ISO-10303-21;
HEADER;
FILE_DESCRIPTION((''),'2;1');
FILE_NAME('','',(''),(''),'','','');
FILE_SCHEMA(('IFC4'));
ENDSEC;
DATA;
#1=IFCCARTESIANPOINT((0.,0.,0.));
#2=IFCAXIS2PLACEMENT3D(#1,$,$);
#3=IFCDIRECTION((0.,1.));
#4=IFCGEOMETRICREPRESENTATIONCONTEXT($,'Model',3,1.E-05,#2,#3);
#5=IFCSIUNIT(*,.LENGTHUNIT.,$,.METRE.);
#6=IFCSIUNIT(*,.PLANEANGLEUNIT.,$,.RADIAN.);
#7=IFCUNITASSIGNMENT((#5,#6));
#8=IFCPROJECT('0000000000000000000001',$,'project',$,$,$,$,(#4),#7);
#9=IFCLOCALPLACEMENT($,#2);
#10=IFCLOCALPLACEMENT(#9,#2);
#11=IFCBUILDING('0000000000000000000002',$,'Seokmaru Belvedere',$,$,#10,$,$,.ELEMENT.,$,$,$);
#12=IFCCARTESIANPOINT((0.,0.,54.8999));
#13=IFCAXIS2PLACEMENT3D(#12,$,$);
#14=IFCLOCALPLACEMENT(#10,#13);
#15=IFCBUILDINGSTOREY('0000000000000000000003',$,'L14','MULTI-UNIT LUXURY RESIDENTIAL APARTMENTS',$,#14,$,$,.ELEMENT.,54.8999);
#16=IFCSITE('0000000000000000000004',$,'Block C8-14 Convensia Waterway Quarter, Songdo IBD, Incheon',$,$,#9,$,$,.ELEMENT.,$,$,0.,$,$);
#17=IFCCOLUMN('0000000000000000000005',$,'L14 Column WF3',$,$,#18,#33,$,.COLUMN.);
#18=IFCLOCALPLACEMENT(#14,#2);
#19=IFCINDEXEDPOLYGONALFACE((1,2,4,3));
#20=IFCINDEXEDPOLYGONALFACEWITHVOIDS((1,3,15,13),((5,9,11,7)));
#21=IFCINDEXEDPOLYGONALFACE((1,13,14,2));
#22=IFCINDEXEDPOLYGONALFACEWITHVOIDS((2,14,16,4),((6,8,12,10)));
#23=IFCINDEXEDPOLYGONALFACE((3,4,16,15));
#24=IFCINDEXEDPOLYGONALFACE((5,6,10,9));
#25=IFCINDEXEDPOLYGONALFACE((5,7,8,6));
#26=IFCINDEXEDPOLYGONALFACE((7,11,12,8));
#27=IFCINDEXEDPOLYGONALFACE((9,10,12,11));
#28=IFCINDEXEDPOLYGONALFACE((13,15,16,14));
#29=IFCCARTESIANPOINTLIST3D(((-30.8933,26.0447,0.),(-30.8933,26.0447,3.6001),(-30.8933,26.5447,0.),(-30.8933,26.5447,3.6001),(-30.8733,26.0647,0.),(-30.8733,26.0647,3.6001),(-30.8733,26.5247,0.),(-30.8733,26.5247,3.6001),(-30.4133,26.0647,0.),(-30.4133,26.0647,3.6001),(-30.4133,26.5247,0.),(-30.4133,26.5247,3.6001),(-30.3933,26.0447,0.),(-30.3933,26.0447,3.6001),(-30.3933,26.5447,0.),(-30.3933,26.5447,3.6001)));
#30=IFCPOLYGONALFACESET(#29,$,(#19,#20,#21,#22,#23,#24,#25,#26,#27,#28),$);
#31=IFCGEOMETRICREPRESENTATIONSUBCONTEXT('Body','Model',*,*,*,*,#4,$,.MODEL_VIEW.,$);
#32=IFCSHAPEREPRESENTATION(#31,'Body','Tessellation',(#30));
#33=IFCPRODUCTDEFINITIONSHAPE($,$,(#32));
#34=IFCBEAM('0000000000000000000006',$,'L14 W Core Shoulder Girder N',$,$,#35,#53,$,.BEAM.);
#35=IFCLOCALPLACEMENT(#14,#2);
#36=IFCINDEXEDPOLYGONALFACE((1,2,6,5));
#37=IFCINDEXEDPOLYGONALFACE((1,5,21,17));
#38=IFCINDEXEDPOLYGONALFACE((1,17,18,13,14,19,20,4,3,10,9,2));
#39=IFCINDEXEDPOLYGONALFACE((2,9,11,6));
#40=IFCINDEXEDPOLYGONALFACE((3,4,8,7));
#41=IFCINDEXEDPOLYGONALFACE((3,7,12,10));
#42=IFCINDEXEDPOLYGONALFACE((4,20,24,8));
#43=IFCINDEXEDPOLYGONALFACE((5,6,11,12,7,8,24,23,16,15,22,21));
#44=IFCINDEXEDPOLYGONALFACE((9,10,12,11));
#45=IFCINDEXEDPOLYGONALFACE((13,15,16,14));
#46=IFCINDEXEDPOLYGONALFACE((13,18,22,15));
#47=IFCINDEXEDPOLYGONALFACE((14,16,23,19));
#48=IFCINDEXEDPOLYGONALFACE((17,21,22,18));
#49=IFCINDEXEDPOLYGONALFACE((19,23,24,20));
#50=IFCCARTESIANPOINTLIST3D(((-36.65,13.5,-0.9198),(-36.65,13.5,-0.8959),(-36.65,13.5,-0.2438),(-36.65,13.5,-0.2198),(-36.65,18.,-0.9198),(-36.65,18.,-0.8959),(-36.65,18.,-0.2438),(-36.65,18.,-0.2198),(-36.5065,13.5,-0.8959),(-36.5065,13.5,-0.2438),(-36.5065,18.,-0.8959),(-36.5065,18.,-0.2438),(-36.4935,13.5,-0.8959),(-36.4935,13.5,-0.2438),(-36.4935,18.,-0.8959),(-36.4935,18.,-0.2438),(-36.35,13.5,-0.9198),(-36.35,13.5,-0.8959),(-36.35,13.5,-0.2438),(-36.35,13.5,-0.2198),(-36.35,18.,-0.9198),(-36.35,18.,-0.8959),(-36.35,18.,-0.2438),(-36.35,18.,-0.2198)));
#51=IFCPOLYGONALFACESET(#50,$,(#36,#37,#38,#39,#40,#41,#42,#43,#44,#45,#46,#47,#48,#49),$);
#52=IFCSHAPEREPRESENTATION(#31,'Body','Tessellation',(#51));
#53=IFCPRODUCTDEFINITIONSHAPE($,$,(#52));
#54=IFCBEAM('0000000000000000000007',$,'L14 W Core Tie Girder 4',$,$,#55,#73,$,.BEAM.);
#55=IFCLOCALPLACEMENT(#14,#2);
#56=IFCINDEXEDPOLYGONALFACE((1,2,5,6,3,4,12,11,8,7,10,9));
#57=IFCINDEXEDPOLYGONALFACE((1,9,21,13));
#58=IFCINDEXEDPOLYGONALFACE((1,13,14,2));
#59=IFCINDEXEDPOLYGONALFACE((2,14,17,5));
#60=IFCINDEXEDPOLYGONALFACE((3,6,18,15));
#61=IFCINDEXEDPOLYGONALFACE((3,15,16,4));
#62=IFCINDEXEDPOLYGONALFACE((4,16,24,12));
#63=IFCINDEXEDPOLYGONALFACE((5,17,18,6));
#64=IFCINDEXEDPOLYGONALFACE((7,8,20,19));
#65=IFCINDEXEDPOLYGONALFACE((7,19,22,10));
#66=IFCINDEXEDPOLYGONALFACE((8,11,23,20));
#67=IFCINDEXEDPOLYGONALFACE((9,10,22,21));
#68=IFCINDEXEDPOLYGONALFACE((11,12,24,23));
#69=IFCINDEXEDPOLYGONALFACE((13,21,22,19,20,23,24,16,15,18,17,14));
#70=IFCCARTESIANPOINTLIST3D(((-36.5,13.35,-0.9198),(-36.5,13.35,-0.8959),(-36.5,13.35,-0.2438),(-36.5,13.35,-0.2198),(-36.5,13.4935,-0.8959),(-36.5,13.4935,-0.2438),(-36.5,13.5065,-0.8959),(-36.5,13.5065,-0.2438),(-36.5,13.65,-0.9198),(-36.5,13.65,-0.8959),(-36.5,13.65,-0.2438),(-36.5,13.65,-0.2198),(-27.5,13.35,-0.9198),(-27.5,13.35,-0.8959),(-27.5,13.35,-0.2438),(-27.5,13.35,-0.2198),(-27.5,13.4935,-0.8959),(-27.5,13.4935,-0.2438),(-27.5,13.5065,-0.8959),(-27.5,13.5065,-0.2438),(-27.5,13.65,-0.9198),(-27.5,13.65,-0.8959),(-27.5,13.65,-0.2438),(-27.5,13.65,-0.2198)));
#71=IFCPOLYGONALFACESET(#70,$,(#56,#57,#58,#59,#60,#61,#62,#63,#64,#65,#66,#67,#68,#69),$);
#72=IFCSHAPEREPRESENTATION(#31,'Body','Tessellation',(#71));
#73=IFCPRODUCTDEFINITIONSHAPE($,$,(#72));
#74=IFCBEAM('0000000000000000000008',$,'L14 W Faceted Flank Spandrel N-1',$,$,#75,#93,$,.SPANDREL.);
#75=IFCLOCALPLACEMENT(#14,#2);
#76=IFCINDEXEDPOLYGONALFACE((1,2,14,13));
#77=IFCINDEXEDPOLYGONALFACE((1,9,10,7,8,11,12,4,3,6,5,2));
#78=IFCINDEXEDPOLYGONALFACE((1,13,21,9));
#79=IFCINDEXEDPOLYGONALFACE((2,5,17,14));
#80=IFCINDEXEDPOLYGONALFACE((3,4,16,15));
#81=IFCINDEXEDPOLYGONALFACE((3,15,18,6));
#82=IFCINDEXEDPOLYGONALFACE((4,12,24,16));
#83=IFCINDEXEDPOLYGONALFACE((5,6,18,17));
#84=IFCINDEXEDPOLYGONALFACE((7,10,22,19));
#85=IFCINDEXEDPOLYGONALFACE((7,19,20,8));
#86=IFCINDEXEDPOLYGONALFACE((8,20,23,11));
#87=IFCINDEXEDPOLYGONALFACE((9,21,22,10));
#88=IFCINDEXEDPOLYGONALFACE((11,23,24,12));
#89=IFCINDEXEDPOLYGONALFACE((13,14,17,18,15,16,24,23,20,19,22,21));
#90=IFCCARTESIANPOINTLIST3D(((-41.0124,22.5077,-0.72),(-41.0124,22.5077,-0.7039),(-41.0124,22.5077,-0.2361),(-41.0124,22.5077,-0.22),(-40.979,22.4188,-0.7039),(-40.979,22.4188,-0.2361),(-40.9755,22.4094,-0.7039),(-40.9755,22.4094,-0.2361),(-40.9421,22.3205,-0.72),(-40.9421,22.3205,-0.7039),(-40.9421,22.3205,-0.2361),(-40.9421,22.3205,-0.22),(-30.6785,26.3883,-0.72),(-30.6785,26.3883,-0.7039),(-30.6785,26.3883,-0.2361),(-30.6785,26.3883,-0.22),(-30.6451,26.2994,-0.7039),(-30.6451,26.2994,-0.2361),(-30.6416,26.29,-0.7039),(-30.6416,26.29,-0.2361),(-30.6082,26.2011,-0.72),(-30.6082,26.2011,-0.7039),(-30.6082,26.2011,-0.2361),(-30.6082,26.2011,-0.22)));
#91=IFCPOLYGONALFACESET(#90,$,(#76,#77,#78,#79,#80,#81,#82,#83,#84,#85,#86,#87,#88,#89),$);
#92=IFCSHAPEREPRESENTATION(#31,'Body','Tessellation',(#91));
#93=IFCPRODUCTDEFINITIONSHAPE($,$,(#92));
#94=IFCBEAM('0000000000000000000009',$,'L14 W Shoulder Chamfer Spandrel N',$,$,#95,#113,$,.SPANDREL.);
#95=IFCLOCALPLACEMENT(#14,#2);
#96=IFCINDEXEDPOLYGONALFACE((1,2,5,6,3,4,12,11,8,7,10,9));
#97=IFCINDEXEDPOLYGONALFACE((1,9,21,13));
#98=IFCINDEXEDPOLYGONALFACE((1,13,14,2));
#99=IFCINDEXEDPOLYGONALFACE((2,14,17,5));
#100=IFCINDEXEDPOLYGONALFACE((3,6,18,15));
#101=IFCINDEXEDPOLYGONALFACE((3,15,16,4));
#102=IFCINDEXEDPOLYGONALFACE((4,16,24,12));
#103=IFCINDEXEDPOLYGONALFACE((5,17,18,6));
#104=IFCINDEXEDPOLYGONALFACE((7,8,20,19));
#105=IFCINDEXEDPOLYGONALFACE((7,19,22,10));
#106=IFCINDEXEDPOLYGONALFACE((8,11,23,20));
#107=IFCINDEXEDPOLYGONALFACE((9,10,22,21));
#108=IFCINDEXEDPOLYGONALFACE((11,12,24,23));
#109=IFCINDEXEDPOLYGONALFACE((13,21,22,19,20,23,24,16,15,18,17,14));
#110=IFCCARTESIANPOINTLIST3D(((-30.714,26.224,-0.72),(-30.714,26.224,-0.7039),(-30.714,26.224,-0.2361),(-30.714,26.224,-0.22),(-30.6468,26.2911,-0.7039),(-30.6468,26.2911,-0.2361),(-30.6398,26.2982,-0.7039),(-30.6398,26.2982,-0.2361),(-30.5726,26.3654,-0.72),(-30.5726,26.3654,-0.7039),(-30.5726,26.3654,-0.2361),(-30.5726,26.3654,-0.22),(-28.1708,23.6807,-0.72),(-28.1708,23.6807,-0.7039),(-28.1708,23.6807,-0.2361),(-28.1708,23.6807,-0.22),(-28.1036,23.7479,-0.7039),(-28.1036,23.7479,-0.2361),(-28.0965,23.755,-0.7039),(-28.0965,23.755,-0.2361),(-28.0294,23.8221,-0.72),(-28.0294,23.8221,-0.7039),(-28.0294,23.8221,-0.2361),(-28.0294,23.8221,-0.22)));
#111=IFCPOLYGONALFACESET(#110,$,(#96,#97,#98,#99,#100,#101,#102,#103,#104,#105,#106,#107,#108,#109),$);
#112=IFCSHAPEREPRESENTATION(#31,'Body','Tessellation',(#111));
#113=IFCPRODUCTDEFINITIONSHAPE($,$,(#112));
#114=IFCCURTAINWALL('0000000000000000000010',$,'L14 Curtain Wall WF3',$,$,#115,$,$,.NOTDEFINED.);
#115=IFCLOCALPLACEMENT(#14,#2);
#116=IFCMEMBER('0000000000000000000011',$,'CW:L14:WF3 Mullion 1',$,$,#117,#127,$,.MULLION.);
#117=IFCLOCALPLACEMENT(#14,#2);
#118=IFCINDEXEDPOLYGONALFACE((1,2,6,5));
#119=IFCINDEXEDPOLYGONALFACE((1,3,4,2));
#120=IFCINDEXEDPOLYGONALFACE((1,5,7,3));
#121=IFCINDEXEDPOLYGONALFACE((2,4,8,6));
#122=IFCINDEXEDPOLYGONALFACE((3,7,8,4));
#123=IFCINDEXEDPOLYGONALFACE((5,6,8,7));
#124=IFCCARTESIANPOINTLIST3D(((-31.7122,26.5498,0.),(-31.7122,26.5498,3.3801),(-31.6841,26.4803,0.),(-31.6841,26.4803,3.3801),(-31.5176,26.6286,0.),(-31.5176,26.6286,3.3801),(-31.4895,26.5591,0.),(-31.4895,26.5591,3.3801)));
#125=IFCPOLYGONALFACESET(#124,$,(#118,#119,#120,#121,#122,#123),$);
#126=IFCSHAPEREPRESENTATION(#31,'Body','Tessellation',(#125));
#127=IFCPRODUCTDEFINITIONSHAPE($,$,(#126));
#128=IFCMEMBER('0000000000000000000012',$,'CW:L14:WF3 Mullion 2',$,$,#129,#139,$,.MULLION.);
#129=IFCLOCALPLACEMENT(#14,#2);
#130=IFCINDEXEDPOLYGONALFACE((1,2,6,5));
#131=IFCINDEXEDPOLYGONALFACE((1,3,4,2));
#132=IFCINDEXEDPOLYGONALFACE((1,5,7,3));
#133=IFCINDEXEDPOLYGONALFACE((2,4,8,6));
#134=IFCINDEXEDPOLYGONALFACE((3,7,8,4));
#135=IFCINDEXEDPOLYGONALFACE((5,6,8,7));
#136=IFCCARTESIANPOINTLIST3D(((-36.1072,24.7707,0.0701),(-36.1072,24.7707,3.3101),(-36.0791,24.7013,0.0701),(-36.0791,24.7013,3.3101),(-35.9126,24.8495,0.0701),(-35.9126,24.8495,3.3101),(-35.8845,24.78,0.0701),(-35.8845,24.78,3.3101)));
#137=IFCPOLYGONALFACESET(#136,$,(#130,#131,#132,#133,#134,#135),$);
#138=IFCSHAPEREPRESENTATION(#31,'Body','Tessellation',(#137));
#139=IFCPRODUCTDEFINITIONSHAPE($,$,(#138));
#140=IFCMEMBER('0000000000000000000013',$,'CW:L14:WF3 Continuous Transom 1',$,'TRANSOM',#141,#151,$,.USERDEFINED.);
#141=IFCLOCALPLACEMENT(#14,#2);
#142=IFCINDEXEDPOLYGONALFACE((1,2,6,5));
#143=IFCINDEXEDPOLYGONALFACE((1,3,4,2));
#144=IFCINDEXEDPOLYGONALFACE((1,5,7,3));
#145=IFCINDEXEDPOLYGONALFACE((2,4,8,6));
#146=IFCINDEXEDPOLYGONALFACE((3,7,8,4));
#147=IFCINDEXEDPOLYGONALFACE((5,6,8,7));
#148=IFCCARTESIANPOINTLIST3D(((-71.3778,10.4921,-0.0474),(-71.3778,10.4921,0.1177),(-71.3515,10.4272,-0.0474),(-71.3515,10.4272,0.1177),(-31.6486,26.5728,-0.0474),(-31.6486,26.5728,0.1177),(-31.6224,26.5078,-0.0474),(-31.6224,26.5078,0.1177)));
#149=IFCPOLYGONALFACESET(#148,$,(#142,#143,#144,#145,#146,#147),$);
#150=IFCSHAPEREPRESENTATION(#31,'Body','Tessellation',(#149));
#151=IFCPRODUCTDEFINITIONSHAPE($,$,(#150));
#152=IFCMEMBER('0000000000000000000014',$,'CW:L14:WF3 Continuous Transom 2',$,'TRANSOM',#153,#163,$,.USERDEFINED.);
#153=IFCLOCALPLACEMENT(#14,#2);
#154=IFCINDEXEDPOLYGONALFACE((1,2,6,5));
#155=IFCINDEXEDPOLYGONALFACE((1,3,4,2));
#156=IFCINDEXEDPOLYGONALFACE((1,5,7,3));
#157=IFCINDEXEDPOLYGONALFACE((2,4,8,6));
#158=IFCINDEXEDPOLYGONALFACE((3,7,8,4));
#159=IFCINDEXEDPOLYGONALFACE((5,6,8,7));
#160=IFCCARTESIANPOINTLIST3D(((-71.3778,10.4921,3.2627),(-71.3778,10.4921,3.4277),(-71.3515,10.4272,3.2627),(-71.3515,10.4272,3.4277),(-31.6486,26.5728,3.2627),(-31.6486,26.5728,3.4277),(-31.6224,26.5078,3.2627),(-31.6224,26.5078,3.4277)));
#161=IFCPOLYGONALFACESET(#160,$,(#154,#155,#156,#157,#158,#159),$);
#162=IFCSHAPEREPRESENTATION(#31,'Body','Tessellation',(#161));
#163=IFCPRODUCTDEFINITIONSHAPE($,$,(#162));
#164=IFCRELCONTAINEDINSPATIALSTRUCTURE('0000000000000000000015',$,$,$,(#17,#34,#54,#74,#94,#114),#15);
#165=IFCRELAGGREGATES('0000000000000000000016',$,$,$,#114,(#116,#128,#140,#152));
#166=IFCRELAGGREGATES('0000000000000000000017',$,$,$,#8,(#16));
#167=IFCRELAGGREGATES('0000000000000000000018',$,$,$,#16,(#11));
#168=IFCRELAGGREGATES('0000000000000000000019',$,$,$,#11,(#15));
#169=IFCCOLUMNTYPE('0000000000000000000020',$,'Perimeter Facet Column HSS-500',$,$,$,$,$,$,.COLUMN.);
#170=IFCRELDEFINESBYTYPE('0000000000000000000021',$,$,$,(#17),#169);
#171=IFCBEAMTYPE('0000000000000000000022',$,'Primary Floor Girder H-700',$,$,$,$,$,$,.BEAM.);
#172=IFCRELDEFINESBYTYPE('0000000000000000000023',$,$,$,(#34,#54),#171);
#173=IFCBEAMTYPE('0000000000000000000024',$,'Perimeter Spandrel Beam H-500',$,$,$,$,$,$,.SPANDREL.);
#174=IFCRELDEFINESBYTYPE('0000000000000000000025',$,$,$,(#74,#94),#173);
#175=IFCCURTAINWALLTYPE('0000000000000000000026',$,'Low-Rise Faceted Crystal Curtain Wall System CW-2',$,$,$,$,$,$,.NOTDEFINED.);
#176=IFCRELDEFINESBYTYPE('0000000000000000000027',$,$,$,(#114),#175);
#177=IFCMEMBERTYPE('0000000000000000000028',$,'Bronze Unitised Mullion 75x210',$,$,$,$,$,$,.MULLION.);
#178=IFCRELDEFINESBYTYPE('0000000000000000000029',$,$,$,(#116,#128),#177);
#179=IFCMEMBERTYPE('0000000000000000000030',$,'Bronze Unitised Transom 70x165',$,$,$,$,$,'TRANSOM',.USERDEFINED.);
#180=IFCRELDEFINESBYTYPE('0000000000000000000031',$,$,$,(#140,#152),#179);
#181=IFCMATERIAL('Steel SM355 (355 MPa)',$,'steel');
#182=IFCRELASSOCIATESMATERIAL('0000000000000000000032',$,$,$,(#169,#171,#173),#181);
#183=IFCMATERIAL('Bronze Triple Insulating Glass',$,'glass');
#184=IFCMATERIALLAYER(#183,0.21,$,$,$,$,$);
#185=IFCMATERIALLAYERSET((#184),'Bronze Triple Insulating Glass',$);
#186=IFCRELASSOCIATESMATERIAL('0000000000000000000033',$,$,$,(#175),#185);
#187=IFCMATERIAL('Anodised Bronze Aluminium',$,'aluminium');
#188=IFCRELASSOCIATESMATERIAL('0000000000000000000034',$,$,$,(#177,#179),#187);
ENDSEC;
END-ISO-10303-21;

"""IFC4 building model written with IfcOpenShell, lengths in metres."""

from ifc_helpers import new_model, si_unit, direction, frame, origin, origin_2d, place, context, subcontext, project, spatial, rectangle, hollow_rectangle, i_section, extrude, source, transform, mapped, material, layer, layer_set, material_profile, profile_set, type_object, type_shapes, element, aggregate, save


model = new_model("IFC4")

# Units and contexts
model_context = context("Model", 3, precision=1e-05, world=origin(), true_north=direction((0.0, 1.0)))
body_context = subcontext(model_context, "Body", "Model", "MODEL_VIEW")
ifc_project = project(units=[si_unit("LENGTHUNIT", "METRE"), si_unit("PLANEANGLEUNIT", "RADIAN")], contexts=[model_context])

# Site, building, storey
site_placement = place(None, origin())
site = spatial("IfcSite", under=ifc_project, at=site_placement, Name="Block C8-14 Convensia Waterway Quarter, Songdo IBD, Incheon", CompositionType="ELEMENT", RefElevation=0.0)
building_placement = place(site_placement, origin())
building = spatial("IfcBuilding", under=site, at=building_placement, Name="Seokmaru Belvedere", CompositionType="ELEMENT")
storey_placement = place(building_placement, frame((0.0, 0.0, 54.8999)))
storey = spatial("IfcBuildingStorey", under=building, at=storey_placement, Name="L14", Description="MULTI-UNIT LUXURY RESIDENTIAL APARTMENTS", CompositionType="ELEMENT", Elevation=54.8999)

# Column
ifc_material_1 = material(Name="Steel SM355 (355 MPa)", Category="steel")
ifc_material_profile_1 = material_profile(ifc_material_1, hollow_rectangle(XDim=0.5, YDim=0.5, WallThickness=0.02, at=origin_2d()), Name="HSS-500x500x20")
ifc_profile_set_1 = profile_set([ifc_material_profile_1], Name="Steel SM355 (355 MPa)")
column_type = type_object("IfcColumnType", Name="Perimeter Facet Column HSS-500", PredefinedType="COLUMN", material=ifc_profile_set_1)
shared_shape_1 = source(origin(), body_context, "Body", "SweptSolid", [
    extrude(hollow_rectangle(XDim=0.5, YDim=0.5, WallThickness=0.02, at=origin_2d()), origin(), (0.0, 0.0, 1.0), 3.6001),
])
type_shapes(column_type, [shared_shape_1])
column_placement = place(storey_placement, frame((-30.6433, 26.2947, 0.0), z_axis=(0.0, 0.0, 1.0), x_axis=(1.0, 0.0, 0.0)))
element("IfcColumn", 1, at=column_placement, inside=storey, type_object=column_type, Name="L14 Column WF3", PredefinedType="COLUMN", context=body_context, shape_type="MappedRepresentation", body=[
    mapped(shared_shape_1, transform((0.0, 0.0, 0.0), scale=1.0)),
])

# Beams
ifc_material_profile_2 = material_profile(ifc_material_1, i_section(OverallWidth=0.3, OverallDepth=0.7, WebThickness=0.0129, FlangeThickness=0.0239, at=origin_2d()), Name="H-700x300x13x24")
ifc_profile_set_2 = profile_set([ifc_material_profile_2], Name="Steel SM355 (355 MPa)")
beam_type_1 = type_object("IfcBeamType", Name="Primary Floor Girder H-700", PredefinedType="BEAM", material=ifc_profile_set_2)
shared_shape_2 = source(origin(), body_context, "Body", "SweptSolid", [
    extrude(i_section(OverallWidth=0.3, OverallDepth=0.7, WebThickness=0.0129, FlangeThickness=0.0239, at=origin_2d()), origin(), (0.0, 0.0, 1.0), 4.5),
])
beam_1_placement = place(storey_placement, frame((-36.5, 13.5, -0.5698), z_axis=(0.0, 1.0, 0.0), x_axis=(-1.0, 0.0, 0.0)))
element("IfcBeam", 2, at=beam_1_placement, inside=storey, type_object=beam_type_1, Name="L14 W Core Shoulder Girder N", PredefinedType="BEAM", context=body_context, shape_type="MappedRepresentation", body=[
    mapped(shared_shape_2, transform((0.0, 0.0, 0.0), scale=1.0)),
])
shared_shape_3 = source(origin(), body_context, "Body", "SweptSolid", [
    extrude(i_section(OverallWidth=0.3, OverallDepth=0.7, WebThickness=0.0129, FlangeThickness=0.0239, at=origin_2d()), origin(), (0.0, 0.0, 1.0), 9.0),
])
type_shapes(beam_type_1, [shared_shape_2, shared_shape_3])
beam_2_placement = place(storey_placement, frame((-36.5, 13.5, -0.5698), z_axis=(1.0, 0.0, 0.0), x_axis=(0.0, 1.0, 0.0)))
element("IfcBeam", 3, at=beam_2_placement, inside=storey, type_object=beam_type_1, Name="L14 W Core Tie Girder 4", PredefinedType="BEAM", context=body_context, shape_type="MappedRepresentation", body=[
    mapped(shared_shape_3, transform((0.0, 0.0, 0.0), scale=1.0)),
])
ifc_material_profile_3 = material_profile(ifc_material_1, i_section(OverallWidth=0.2, OverallDepth=0.5, WebThickness=0.01, FlangeThickness=0.0161, at=origin_2d()), Name="H-500x200x10x16")
ifc_profile_set_3 = profile_set([ifc_material_profile_3], Name="Steel SM355 (355 MPa)")
beam_type_2 = type_object("IfcBeamType", Name="Perimeter Spandrel Beam H-500", PredefinedType="SPANDREL", material=ifc_profile_set_3)
shared_shape_4 = source(origin(), body_context, "Body", "SweptSolid", [
    extrude(i_section(OverallWidth=0.2, OverallDepth=0.5, WebThickness=0.01, FlangeThickness=0.0161, at=origin_2d()), origin(), (0.0, 0.0, 1.0), 11.0386),
])
beam_3_placement = place(storey_placement, frame((-30.6433, 26.2947, -0.47), z_axis=(-0.936169, -0.35155, 0.0), x_axis=(0.35155, -0.936169, 0.0)))
element("IfcBeam", 4, at=beam_3_placement, inside=storey, type_object=beam_type_2, Name="L14 W Faceted Flank Spandrel N-1", PredefinedType="SPANDREL", context=body_context, shape_type="MappedRepresentation", body=[
    mapped(shared_shape_4, transform((0.0, 0.0, 0.0), scale=1.0)),
])
shared_shape_5 = source(origin(), body_context, "Body", "SweptSolid", [
    extrude(i_section(OverallWidth=0.2, OverallDepth=0.5, WebThickness=0.01, FlangeThickness=0.0161, at=origin_2d()), origin(), (0.0, 0.0, 1.0), 3.5967),
])
type_shapes(beam_type_2, [shared_shape_4, shared_shape_5])
beam_4_placement = place(storey_placement, frame((-30.6433, 26.2947, -0.47), z_axis=(0.707107, -0.707107, 0.0), x_axis=(0.707107, 0.707107, 0.0)))
element("IfcBeam", 5, at=beam_4_placement, inside=storey, type_object=beam_type_2, Name="L14 W Shoulder Chamfer Spandrel N", PredefinedType="SPANDREL", context=body_context, shape_type="MappedRepresentation", body=[
    mapped(shared_shape_5, transform((0.0, 0.0, 0.0), scale=1.0)),
])

# Curtain wall, members
ifc_material_2 = material(Name="Bronze Triple Insulating Glass", Category="glass")
ifc_layer_1 = layer(ifc_material_2, 0.21)
ifc_layer_set_1 = layer_set([ifc_layer_1], Name="Bronze Triple Insulating Glass")
curtain_wall_type = type_object("IfcCurtainWallType", Name="Low-Rise Faceted Crystal Curtain Wall System CW-2", PredefinedType="NOTDEFINED", material=ifc_layer_set_1)
curtain_wall_placement = place(storey_placement, origin())
curtain_wall = element("IfcCurtainWall", 6, at=curtain_wall_placement, inside=storey, type_object=curtain_wall_type, Name="L14 Curtain Wall WF3", PredefinedType="NOTDEFINED")
ifc_material_3 = material(Name="Anodised Bronze Aluminium", Category="aluminium")
ifc_material_profile_4 = material_profile(ifc_material_3, rectangle(XDim=0.075, YDim=0.21, at=origin_2d()), Name="CW-M-75x210")
ifc_profile_set_4 = profile_set([ifc_material_profile_4], Name="Anodised Bronze Aluminium")
member_type_1 = type_object("IfcMemberType", Name="Bronze Unitised Mullion 75x210", PredefinedType="MULLION", material=ifc_profile_set_4)
shared_shape_6 = source(origin(), body_context, "Body", "SweptSolid", [
    extrude(rectangle(XDim=0.075, YDim=0.21, at=origin_2d()), origin(), (0.0, 0.0, 1.0), 3.3801),
])
member_1_placement = place(storey_placement, frame((-31.6008, 26.5544, 0.0), z_axis=(0.0, 0.0, 1.0), x_axis=(0.375192, -0.926947, 0.0)))
member_1 = element("IfcMember", 7, at=member_1_placement, type_object=member_type_1, Name="CW:L14:WF3 Mullion 1", PredefinedType="MULLION", context=body_context, shape_type="MappedRepresentation", body=[
    mapped(shared_shape_6, transform((0.0, 0.0, 0.0), scale=1.0)),
])
shared_shape_7 = source(origin(), body_context, "Body", "SweptSolid", [
    extrude(rectangle(XDim=0.075, YDim=0.21, at=origin_2d()), origin(), (0.0, 0.0, 1.0), 3.24),
])
type_shapes(member_type_1, [shared_shape_6, shared_shape_7])
member_2_placement = place(storey_placement, frame((-35.9958, 24.7754, 0.0701), z_axis=(0.0, 0.0, 1.0), x_axis=(0.375192, -0.926947, 0.0)))
member_2 = element("IfcMember", 8, at=member_2_placement, type_object=member_type_1, Name="CW:L14:WF3 Mullion 2", PredefinedType="MULLION", context=body_context, shape_type="MappedRepresentation", body=[
    mapped(shared_shape_7, transform((0.0, 0.0, 0.0), scale=1.0)),
])
ifc_material_profile_5 = material_profile(ifc_material_3, rectangle(XDim=0.0701, YDim=0.165, at=origin_2d()), Name="CW-T-70x165")
ifc_profile_set_5 = profile_set([ifc_material_profile_5], Name="Anodised Bronze Aluminium")
member_type_2 = type_object("IfcMemberType", Name="Bronze Unitised Transom 70x165", ElementType="TRANSOM", PredefinedType="USERDEFINED", material=ifc_profile_set_5)
shared_shape_8 = source(origin(), body_context, "Body", "SweptSolid", [
    extrude(rectangle(XDim=0.0701, YDim=0.165, at=origin_2d()), origin(), (0.0, 0.0, 1.0), 42.8601),
])
type_shapes(member_type_2, [shared_shape_8])
member_3_placement = place(storey_placement, frame((-31.6355, 26.5403, 0.0352), z_axis=(-0.926949, -0.375188, 0.0), x_axis=(0.375188, -0.926949, 0.0)))
member_3 = element("IfcMember", 9, at=member_3_placement, type_object=member_type_2, Name="CW:L14:WF3 Continuous Transom 1", ObjectType="TRANSOM", PredefinedType="USERDEFINED", context=body_context, shape_type="MappedRepresentation", body=[
    mapped(shared_shape_8, transform((0.0, 0.0, 0.0), scale=1.0)),
])
member_4_placement = place(storey_placement, frame((-31.6355, 26.5403, 3.3452), z_axis=(-0.926949, -0.375188, 0.0), x_axis=(0.375188, -0.926949, 0.0)))
member_4 = element("IfcMember", 10, at=member_4_placement, type_object=member_type_2, Name="CW:L14:WF3 Continuous Transom 2", ObjectType="TRANSOM", PredefinedType="USERDEFINED", context=body_context, shape_type="MappedRepresentation", body=[
    mapped(shared_shape_8, transform((0.0, 0.0, 0.0), scale=1.0)),
])
aggregate(curtain_wall, [member_1, member_2, member_3, member_4])

save(model, "model.ifc")
